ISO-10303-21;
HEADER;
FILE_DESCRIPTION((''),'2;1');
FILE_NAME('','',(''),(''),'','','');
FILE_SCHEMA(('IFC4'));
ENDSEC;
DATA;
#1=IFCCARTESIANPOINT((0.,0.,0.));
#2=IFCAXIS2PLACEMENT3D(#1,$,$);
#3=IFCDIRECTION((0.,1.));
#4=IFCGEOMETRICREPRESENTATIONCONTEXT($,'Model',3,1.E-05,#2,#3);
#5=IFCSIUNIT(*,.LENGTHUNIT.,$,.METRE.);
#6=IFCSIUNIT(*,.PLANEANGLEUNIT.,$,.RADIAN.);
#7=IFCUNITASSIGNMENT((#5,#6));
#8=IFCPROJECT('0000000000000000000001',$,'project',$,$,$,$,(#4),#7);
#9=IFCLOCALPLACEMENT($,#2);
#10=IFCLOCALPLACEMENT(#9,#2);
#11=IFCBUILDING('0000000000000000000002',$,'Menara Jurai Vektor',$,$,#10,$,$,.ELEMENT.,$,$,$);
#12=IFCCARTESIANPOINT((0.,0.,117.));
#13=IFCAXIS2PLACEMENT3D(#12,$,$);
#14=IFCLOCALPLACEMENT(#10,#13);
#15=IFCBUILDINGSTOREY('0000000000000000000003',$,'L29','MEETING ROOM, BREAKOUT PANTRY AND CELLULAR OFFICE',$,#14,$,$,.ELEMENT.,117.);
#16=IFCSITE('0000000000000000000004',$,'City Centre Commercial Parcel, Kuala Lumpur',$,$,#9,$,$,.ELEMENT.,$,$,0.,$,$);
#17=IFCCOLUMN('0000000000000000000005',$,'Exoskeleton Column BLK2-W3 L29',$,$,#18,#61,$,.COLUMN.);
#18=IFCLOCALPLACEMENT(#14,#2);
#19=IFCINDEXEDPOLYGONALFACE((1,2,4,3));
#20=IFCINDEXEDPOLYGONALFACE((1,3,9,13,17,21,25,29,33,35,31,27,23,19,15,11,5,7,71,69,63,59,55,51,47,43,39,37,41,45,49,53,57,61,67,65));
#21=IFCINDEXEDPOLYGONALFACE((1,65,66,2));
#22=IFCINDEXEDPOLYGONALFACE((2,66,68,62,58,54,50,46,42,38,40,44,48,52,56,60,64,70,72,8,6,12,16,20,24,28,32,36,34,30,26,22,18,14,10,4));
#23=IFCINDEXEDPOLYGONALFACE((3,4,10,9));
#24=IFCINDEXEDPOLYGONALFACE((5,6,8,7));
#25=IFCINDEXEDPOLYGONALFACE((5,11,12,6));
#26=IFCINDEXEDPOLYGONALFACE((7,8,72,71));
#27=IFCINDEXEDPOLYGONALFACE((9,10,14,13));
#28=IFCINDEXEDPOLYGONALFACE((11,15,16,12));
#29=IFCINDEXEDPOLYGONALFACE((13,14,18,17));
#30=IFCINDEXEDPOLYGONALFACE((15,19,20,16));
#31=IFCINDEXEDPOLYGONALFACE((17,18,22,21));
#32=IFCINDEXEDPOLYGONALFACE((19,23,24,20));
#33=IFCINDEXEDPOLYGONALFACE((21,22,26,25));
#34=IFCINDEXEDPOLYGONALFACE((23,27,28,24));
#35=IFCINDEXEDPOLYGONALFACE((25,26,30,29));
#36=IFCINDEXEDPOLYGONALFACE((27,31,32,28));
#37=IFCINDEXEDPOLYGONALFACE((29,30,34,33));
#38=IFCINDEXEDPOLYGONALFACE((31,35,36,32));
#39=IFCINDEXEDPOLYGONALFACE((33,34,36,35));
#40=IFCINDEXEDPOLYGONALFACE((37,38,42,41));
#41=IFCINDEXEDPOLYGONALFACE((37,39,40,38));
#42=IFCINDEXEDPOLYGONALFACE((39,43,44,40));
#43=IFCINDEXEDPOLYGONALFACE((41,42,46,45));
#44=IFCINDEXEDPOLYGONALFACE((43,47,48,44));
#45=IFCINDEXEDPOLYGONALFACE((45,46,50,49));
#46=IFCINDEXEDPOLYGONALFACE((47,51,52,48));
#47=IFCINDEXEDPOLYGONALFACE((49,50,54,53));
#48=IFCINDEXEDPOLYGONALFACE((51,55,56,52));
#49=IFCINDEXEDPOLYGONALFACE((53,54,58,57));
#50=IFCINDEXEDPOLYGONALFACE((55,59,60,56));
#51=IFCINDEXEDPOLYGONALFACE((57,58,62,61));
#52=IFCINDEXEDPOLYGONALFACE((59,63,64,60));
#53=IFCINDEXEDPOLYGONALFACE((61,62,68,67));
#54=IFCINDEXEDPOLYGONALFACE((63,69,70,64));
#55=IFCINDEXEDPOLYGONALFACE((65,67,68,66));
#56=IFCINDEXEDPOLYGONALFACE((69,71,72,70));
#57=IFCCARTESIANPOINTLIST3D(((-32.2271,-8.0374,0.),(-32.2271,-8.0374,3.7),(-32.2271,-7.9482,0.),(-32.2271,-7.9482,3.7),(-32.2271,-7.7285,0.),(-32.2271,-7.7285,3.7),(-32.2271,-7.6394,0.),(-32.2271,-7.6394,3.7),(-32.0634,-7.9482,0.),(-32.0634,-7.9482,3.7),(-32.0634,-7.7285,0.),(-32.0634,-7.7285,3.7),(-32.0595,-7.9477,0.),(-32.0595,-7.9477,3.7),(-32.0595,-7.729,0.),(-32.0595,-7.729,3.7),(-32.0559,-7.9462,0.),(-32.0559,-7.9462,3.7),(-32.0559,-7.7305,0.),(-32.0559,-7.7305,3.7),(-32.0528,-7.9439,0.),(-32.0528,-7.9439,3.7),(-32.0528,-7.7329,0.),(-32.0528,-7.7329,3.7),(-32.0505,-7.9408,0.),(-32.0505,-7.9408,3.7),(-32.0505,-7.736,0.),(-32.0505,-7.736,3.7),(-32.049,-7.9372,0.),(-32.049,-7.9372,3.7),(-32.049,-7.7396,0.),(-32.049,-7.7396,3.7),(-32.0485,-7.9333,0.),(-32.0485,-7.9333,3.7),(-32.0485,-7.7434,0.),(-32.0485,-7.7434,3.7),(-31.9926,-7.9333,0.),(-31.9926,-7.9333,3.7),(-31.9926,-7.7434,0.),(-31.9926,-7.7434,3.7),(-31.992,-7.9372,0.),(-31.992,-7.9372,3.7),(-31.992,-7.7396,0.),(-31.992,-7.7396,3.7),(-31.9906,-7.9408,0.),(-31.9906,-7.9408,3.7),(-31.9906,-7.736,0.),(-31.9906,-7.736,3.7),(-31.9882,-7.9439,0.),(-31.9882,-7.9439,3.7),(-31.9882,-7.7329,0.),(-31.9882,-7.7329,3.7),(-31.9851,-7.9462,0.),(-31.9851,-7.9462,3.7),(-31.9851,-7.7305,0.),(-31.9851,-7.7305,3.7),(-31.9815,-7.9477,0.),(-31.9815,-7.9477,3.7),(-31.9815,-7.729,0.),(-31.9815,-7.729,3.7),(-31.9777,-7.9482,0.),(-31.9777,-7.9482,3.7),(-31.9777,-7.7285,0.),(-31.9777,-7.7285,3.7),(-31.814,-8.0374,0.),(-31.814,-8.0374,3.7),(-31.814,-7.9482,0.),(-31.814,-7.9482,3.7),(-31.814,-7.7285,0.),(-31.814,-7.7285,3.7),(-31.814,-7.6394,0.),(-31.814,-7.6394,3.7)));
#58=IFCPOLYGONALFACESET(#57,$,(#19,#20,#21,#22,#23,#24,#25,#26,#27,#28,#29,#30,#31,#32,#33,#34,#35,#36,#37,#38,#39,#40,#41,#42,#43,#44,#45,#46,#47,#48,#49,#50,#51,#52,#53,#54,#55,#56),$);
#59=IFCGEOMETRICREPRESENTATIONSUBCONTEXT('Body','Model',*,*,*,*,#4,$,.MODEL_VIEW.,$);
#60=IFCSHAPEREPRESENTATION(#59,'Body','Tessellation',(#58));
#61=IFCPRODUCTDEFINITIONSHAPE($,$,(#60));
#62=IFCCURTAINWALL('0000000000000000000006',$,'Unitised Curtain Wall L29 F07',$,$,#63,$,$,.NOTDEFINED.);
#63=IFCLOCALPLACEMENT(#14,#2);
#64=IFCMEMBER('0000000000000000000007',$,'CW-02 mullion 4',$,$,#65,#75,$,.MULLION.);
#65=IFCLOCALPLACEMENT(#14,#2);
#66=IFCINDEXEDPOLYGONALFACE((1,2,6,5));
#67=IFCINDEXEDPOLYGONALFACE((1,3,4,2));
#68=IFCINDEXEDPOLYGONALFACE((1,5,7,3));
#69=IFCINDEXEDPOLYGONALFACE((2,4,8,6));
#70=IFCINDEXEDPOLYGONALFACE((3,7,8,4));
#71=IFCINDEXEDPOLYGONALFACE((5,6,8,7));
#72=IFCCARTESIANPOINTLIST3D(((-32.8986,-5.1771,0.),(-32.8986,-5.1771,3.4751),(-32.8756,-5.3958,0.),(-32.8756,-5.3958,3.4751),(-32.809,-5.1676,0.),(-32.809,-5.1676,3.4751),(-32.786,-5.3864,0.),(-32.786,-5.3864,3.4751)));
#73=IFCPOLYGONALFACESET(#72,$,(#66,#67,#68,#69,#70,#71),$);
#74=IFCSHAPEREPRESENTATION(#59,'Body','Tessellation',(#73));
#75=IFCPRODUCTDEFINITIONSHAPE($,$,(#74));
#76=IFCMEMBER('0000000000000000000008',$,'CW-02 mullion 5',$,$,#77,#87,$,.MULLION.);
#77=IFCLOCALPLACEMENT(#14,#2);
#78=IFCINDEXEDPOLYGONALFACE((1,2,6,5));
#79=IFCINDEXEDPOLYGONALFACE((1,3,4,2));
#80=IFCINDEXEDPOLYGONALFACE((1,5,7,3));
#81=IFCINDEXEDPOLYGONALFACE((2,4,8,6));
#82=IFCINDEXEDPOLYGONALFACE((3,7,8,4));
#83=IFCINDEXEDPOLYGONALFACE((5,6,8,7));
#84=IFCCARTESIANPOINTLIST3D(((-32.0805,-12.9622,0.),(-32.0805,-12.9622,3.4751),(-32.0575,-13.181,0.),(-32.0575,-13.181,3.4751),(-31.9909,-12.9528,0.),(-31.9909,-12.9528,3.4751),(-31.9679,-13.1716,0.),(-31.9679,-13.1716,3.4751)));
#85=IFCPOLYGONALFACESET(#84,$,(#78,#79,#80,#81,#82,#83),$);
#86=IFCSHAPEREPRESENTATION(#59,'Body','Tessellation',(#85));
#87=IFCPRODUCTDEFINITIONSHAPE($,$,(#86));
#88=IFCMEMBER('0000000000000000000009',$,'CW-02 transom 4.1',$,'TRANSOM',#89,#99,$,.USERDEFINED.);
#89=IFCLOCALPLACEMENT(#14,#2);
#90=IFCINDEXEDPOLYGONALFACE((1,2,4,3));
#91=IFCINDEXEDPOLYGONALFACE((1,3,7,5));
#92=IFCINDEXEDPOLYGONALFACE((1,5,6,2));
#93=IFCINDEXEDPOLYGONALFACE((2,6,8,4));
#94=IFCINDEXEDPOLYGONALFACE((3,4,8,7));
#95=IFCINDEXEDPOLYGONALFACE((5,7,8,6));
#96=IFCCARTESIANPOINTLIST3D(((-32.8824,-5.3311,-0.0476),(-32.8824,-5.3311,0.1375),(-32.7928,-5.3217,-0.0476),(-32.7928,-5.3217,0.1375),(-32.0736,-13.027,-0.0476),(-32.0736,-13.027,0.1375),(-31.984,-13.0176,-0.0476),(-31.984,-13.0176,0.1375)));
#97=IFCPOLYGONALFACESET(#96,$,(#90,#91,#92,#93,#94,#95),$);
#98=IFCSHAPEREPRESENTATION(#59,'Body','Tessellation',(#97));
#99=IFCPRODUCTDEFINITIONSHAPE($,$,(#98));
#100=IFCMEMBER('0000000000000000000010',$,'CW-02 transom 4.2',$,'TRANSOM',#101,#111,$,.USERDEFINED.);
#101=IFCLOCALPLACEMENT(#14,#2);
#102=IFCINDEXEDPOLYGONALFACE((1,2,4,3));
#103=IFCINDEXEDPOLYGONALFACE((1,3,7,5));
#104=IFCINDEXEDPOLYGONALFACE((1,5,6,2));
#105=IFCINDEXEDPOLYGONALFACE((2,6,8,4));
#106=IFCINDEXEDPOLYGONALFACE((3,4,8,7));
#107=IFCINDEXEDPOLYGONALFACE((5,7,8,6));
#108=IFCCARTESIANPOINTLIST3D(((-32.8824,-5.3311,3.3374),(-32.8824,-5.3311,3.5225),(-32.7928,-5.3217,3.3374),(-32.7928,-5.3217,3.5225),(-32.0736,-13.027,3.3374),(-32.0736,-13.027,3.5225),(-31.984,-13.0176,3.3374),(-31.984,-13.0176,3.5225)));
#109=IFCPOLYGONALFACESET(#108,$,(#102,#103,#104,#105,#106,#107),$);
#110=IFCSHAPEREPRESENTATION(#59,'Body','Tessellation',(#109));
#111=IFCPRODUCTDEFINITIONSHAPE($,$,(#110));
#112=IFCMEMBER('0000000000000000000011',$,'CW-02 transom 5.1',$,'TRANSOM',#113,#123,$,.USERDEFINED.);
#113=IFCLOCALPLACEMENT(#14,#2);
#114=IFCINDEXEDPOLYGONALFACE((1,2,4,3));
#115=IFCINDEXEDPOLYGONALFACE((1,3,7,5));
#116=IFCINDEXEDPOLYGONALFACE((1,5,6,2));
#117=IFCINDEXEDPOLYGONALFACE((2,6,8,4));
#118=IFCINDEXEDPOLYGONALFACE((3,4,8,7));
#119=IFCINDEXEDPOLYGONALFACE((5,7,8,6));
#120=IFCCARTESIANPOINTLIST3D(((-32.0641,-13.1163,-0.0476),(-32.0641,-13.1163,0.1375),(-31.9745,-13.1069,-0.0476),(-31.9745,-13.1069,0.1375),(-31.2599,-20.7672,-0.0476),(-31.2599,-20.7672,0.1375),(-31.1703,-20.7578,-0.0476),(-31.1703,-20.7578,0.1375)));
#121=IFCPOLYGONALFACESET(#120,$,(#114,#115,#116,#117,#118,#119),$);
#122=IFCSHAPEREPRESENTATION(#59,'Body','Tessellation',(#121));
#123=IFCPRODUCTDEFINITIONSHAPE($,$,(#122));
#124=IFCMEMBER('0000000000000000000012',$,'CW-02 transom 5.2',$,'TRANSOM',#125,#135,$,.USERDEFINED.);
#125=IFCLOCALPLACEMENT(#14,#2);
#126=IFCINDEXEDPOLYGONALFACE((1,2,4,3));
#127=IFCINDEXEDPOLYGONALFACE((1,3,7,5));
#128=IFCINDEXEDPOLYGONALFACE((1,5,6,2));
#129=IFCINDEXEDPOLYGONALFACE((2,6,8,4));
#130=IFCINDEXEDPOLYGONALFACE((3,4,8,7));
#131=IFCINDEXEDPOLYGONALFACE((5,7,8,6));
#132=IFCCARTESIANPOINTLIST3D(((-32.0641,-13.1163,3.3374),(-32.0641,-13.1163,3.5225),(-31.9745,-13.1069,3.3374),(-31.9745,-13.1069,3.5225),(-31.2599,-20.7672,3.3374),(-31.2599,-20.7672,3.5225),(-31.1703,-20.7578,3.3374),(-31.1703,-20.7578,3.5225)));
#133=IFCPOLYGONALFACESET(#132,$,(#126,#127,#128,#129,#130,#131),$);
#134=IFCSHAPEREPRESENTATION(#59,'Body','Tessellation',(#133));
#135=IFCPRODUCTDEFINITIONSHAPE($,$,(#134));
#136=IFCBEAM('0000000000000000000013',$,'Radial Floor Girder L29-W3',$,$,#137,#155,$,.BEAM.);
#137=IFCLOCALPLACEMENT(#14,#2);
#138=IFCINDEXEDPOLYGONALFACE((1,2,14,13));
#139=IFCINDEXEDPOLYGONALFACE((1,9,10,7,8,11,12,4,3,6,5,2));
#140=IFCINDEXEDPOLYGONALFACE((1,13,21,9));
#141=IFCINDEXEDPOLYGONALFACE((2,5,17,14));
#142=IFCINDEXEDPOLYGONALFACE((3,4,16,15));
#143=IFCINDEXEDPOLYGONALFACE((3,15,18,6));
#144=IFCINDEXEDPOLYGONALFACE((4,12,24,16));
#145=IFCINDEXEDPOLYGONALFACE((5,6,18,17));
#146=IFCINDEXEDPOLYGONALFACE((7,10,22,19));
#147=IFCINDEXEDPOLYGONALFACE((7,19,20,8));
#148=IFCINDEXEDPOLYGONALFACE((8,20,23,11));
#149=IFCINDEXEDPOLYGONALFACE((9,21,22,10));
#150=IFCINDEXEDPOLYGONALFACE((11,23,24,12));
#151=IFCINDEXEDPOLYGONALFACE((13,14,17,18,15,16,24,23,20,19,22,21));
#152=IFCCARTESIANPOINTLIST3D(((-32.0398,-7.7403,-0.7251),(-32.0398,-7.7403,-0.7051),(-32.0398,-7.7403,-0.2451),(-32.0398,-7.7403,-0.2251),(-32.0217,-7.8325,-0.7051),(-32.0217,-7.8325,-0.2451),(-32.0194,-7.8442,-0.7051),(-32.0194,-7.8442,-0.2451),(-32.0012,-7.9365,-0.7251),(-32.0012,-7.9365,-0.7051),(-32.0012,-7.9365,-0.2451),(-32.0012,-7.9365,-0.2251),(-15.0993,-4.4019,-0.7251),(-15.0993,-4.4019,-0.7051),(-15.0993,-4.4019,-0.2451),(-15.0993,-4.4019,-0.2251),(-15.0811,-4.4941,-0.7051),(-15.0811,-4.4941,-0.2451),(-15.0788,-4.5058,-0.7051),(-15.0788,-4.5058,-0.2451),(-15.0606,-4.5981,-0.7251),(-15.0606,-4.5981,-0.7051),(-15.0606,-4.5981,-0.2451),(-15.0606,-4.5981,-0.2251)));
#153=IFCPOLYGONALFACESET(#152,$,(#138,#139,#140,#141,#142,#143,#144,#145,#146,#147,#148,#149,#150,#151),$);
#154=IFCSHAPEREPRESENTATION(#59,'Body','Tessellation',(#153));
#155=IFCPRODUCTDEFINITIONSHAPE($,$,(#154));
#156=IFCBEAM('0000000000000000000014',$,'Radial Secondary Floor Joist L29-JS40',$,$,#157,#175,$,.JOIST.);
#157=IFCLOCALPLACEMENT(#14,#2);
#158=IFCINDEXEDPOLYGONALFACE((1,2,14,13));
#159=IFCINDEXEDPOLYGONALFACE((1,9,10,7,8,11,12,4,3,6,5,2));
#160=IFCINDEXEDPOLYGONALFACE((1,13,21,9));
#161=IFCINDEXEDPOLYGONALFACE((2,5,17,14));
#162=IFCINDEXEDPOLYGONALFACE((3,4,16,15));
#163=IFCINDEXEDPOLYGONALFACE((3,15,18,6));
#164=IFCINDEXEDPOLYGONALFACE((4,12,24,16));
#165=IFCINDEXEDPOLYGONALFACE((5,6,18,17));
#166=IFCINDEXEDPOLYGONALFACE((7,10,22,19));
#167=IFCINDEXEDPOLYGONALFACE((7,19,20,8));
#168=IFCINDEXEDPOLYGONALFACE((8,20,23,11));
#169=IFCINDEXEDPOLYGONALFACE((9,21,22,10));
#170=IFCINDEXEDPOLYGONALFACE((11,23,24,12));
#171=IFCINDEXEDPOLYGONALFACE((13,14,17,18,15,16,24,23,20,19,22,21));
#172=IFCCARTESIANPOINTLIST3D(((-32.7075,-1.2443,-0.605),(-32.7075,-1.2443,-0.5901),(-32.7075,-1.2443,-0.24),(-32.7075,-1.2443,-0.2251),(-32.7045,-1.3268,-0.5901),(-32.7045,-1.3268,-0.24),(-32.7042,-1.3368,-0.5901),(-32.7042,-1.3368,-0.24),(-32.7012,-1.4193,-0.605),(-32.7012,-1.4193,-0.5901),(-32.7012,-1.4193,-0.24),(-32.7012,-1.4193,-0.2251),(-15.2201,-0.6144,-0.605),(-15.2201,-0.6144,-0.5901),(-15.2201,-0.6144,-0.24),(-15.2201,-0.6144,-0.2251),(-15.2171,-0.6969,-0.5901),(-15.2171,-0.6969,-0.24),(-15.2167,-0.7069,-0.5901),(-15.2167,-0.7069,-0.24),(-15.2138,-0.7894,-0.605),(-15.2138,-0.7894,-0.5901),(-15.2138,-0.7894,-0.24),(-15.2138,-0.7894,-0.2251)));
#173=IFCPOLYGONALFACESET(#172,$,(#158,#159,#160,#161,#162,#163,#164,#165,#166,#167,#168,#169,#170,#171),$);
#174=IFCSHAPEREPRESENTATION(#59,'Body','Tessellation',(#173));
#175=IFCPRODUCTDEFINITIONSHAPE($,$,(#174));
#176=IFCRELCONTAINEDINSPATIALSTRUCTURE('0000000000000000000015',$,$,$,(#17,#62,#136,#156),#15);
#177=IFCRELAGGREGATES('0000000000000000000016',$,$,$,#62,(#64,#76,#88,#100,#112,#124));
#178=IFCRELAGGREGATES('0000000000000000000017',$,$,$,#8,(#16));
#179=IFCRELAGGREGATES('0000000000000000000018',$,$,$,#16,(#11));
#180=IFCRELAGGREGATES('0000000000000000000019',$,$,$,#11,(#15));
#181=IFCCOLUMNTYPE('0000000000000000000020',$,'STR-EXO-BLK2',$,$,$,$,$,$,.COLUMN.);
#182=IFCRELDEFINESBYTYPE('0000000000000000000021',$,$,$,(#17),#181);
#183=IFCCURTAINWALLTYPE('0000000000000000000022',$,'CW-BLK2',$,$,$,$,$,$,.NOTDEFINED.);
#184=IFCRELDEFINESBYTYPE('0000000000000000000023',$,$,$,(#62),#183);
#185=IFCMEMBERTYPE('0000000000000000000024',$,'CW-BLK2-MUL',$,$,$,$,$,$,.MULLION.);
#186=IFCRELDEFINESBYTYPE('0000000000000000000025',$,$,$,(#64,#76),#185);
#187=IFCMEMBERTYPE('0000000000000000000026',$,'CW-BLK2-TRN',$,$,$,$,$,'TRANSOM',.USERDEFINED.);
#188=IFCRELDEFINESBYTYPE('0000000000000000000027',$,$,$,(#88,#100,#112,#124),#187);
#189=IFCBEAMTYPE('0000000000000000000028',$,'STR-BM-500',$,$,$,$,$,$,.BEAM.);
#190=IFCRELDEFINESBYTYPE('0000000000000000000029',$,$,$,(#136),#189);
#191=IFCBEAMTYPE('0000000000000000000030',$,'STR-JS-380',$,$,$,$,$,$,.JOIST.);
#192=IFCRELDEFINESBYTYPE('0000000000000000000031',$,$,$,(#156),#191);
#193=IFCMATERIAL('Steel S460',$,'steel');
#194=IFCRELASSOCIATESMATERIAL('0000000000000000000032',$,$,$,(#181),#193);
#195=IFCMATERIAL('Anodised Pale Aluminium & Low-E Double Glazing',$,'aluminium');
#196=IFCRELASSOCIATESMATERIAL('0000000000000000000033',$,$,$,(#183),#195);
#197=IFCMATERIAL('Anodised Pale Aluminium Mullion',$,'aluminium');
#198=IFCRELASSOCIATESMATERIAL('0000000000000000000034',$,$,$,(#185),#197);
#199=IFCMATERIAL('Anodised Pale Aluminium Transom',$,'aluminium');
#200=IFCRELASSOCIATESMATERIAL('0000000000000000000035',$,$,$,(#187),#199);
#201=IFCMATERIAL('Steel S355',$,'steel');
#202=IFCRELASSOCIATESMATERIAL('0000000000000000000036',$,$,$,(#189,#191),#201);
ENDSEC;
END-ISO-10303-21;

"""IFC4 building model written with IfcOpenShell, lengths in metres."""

from ifc_helpers import new_model, si_unit, direction, frame, origin, origin_2d, place, context, subcontext, project, spatial, rectangle, i_section, extrude, material, material_profile, profile_set, type_object, element, aggregate, save


model = new_model("IFC4")

# Units and contexts
model_context = context("Model", 3, precision=1e-05, world=origin(), true_north=direction((0.0, 1.0)))
body_context = subcontext(model_context, "Body", "Model", "MODEL_VIEW")
ifc_project = project(units=[si_unit("LENGTHUNIT", "METRE"), si_unit("PLANEANGLEUNIT", "RADIAN")], contexts=[model_context])

# Site, building, storey
site_placement = place(None, origin())
site = spatial("IfcSite", under=ifc_project, at=site_placement, Name="City Centre Commercial Parcel, Kuala Lumpur", CompositionType="ELEMENT", RefElevation=0.0)
building_placement = place(site_placement, origin())
building = spatial("IfcBuilding", under=site, at=building_placement, Name="Menara Jurai Vektor", CompositionType="ELEMENT")
storey_placement = place(building_placement, frame((0.0, 0.0, 117.0)))
storey = spatial("IfcBuildingStorey", under=building, at=storey_placement, Name="L29", Description="MEETING ROOM, BREAKOUT PANTRY AND CELLULAR OFFICE", CompositionType="ELEMENT", Elevation=117.0)

# Column
ifc_material_1 = material(Name="Steel S460", Category="steel")
ifc_material_profile_1 = material_profile(ifc_material_1, i_section(OverallWidth=0.4131, OverallDepth=0.3979, WebThickness=0.0559, FlangeThickness=0.0891, FilletRadius=0.0149, at=origin_2d()), Name="HD 400x744")
ifc_profile_set_1 = profile_set([ifc_material_profile_1], Name="Steel S460")
column_type = type_object("IfcColumnType", Name="STR-EXO-BLK2", PredefinedType="COLUMN", material=ifc_profile_set_1)
column_placement = place(storey_placement, frame((-32.0205, -7.8384, 0.0), z_axis=(0.0, 0.0, 1.0), x_axis=(1.0, 0.0, 0.0)))
element("IfcColumn", 1, at=column_placement, inside=storey, type_object=column_type, Name="Exoskeleton Column BLK2-W3 L29", PredefinedType="COLUMN", context=body_context, shape_type="SweptSolid", body=[
    extrude(i_section(OverallWidth=0.4131, OverallDepth=0.3979, WebThickness=0.0559, FlangeThickness=0.0891, FilletRadius=0.0149, at=origin_2d()), origin(), (0.0, 0.0, 1.0), 3.7),
])

# Curtain wall, members
ifc_material_2 = material(Name="Anodised Pale Aluminium & Low-E Double Glazing", Category="aluminium")
curtain_wall_type = type_object("IfcCurtainWallType", Name="CW-BLK2", PredefinedType="NOTDEFINED", material=ifc_material_2)
curtain_wall_placement = place(storey_placement, origin())
curtain_wall = element("IfcCurtainWall", 2, at=curtain_wall_placement, inside=storey, type_object=curtain_wall_type, Name="Unitised Curtain Wall L29 F07", PredefinedType="NOTDEFINED")
ifc_material_3 = material(Name="Anodised Pale Aluminium Mullion", Category="aluminium")
ifc_material_profile_2 = material_profile(ifc_material_3, rectangle(XDim=0.0901, YDim=0.22, at=origin_2d()), Name="ALU MUL 90x220")
ifc_profile_set_2 = profile_set([ifc_material_profile_2], Name="Anodised Pale Aluminium Mullion")
member_type_1 = type_object("IfcMemberType", Name="CW-BLK2-MUL", PredefinedType="MULLION", material=ifc_profile_set_2)
member_1_placement = place(storey_placement, frame((-32.8423, -5.2817, 0.0), z_axis=(0.0, 0.0, 1.0), x_axis=(0.994522, 0.10453, 0.0)))
member_1 = element("IfcMember", 3, at=member_1_placement, type_object=member_type_1, Name="CW-02 mullion 4", PredefinedType="MULLION", context=body_context, shape_type="SweptSolid", body=[
    extrude(rectangle(XDim=0.0901, YDim=0.22, at=origin_2d()), origin(), (0.0, 0.0, 1.0), 3.4751),
])
member_2_placement = place(storey_placement, frame((-32.0242, -13.0669, 0.0), z_axis=(0.0, 0.0, 1.0), x_axis=(0.994522, 0.10453, 0.0)))
member_2 = element("IfcMember", 4, at=member_2_placement, type_object=member_type_1, Name="CW-02 mullion 5", PredefinedType="MULLION", context=body_context, shape_type="SweptSolid", body=[
    extrude(rectangle(XDim=0.0901, YDim=0.22, at=origin_2d()), origin(), (0.0, 0.0, 1.0), 3.4751),
])
ifc_material_4 = material(Name="Anodised Pale Aluminium Transom", Category="aluminium")
ifc_material_profile_3 = material_profile(ifc_material_4, rectangle(XDim=0.0901, YDim=0.1851, at=origin_2d()), Name="ALU TRN 90x185")
ifc_profile_set_3 = profile_set([ifc_material_profile_3], Name="Anodised Pale Aluminium Transom")
member_type_2 = type_object("IfcMemberType", Name="CW-BLK2-TRN", ElementType="TRANSOM", PredefinedType="USERDEFINED", material=ifc_profile_set_3)
member_3_placement = place(storey_placement, frame((-32.8376, -5.3264, 0.0449), z_axis=(0.104525, -0.994522, 0.0), x_axis=(0.994522, 0.104525, 0.0)))
member_3 = element("IfcMember", 5, at=member_3_placement, type_object=member_type_2, Name="CW-02 transom 4.1", ObjectType="TRANSOM", PredefinedType="USERDEFINED", context=body_context, shape_type="SweptSolid", body=[
    extrude(rectangle(XDim=0.0901, YDim=0.1851, at=origin_2d()), origin(), (0.0, 0.0, 1.0), 7.7383),
])
member_4_placement = place(storey_placement, frame((-32.8376, -5.3264, 3.4299), z_axis=(0.104525, -0.994522, 0.0), x_axis=(0.994522, 0.104525, 0.0)))
member_4 = element("IfcMember", 6, at=member_4_placement, type_object=member_type_2, Name="CW-02 transom 4.2", ObjectType="TRANSOM", PredefinedType="USERDEFINED", context=body_context, shape_type="SweptSolid", body=[
    extrude(rectangle(XDim=0.0901, YDim=0.1851, at=origin_2d()), origin(), (0.0, 0.0, 1.0), 7.7383),
])
member_5_placement = place(storey_placement, frame((-32.0193, -13.1116, 0.0449), z_axis=(0.104536, -0.994521, 0.0), x_axis=(0.994521, 0.104536, 0.0)))
member_5 = element("IfcMember", 7, at=member_5_placement, type_object=member_type_2, Name="CW-02 transom 5.1", ObjectType="TRANSOM", PredefinedType="USERDEFINED", context=body_context, shape_type="SweptSolid", body=[
    extrude(rectangle(XDim=0.0901, YDim=0.1851, at=origin_2d()), origin(), (0.0, 0.0, 1.0), 7.6931),
])
member_6_placement = place(storey_placement, frame((-32.0193, -13.1116, 3.4299), z_axis=(0.104536, -0.994521, 0.0), x_axis=(0.994521, 0.104536, 0.0)))
member_6 = element("IfcMember", 8, at=member_6_placement, type_object=member_type_2, Name="CW-02 transom 5.2", ObjectType="TRANSOM", PredefinedType="USERDEFINED", context=body_context, shape_type="SweptSolid", body=[
    extrude(rectangle(XDim=0.0901, YDim=0.1851, at=origin_2d()), origin(), (0.0, 0.0, 1.0), 7.6931),
])

# Beams
ifc_material_5 = material(Name="Steel S355", Category="steel")
ifc_material_profile_4 = material_profile(ifc_material_5, i_section(OverallWidth=0.2, OverallDepth=0.5, WebThickness=0.012, FlangeThickness=0.02, at=origin_2d()), Name="PG 500x200x96")
ifc_profile_set_4 = profile_set([ifc_material_profile_4], Name="Steel S355")
beam_type_1 = type_object("IfcBeamType", Name="STR-BM-500", PredefinedType="BEAM", material=ifc_profile_set_4)
beam_1_placement = place(storey_placement, frame((-32.0205, -7.8384, -0.4751), z_axis=(0.98113, 0.193347, 0.0), x_axis=(-0.193347, 0.98113, 0.0)))
element("IfcBeam", 9, at=beam_1_placement, inside=storey, type_object=beam_type_1, Name="Radial Floor Girder L29-W3", PredefinedType="BEAM", context=body_context, shape_type="SweptSolid", body=[
    extrude(i_section(OverallWidth=0.2, OverallDepth=0.5, WebThickness=0.012, FlangeThickness=0.02, at=origin_2d()), origin(), (0.0, 0.0, 1.0), 17.2664),
])
ifc_material_profile_5 = material_profile(ifc_material_5, i_section(OverallWidth=0.175, OverallDepth=0.3799, WebThickness=0.01, FlangeThickness=0.0149, at=origin_2d()), Name="PG 380x175x58")
ifc_profile_set_5 = profile_set([ifc_material_profile_5], Name="Steel S355")
beam_type_2 = type_object("IfcBeamType", Name="STR-JS-380", PredefinedType="JOIST", material=ifc_profile_set_5)
beam_2_placement = place(storey_placement, frame((-32.7043, -1.3318, -0.415), z_axis=(0.999352, 0.035996, 0.0), x_axis=(-0.035996, 0.999352, 0.0)))
element("IfcBeam", 10, at=beam_2_placement, inside=storey, type_object=beam_type_2, Name="Radial Secondary Floor Joist L29-JS40", PredefinedType="JOIST", context=body_context, shape_type="SweptSolid", body=[
    extrude(i_section(OverallWidth=0.175, OverallDepth=0.3799, WebThickness=0.01, FlangeThickness=0.0149, at=origin_2d()), origin(), (0.0, 0.0, 1.0), 17.4988),
])

aggregate(curtain_wall, [member_1, member_2, member_3, member_4, member_5, member_6])

save(model, "model.ifc")
